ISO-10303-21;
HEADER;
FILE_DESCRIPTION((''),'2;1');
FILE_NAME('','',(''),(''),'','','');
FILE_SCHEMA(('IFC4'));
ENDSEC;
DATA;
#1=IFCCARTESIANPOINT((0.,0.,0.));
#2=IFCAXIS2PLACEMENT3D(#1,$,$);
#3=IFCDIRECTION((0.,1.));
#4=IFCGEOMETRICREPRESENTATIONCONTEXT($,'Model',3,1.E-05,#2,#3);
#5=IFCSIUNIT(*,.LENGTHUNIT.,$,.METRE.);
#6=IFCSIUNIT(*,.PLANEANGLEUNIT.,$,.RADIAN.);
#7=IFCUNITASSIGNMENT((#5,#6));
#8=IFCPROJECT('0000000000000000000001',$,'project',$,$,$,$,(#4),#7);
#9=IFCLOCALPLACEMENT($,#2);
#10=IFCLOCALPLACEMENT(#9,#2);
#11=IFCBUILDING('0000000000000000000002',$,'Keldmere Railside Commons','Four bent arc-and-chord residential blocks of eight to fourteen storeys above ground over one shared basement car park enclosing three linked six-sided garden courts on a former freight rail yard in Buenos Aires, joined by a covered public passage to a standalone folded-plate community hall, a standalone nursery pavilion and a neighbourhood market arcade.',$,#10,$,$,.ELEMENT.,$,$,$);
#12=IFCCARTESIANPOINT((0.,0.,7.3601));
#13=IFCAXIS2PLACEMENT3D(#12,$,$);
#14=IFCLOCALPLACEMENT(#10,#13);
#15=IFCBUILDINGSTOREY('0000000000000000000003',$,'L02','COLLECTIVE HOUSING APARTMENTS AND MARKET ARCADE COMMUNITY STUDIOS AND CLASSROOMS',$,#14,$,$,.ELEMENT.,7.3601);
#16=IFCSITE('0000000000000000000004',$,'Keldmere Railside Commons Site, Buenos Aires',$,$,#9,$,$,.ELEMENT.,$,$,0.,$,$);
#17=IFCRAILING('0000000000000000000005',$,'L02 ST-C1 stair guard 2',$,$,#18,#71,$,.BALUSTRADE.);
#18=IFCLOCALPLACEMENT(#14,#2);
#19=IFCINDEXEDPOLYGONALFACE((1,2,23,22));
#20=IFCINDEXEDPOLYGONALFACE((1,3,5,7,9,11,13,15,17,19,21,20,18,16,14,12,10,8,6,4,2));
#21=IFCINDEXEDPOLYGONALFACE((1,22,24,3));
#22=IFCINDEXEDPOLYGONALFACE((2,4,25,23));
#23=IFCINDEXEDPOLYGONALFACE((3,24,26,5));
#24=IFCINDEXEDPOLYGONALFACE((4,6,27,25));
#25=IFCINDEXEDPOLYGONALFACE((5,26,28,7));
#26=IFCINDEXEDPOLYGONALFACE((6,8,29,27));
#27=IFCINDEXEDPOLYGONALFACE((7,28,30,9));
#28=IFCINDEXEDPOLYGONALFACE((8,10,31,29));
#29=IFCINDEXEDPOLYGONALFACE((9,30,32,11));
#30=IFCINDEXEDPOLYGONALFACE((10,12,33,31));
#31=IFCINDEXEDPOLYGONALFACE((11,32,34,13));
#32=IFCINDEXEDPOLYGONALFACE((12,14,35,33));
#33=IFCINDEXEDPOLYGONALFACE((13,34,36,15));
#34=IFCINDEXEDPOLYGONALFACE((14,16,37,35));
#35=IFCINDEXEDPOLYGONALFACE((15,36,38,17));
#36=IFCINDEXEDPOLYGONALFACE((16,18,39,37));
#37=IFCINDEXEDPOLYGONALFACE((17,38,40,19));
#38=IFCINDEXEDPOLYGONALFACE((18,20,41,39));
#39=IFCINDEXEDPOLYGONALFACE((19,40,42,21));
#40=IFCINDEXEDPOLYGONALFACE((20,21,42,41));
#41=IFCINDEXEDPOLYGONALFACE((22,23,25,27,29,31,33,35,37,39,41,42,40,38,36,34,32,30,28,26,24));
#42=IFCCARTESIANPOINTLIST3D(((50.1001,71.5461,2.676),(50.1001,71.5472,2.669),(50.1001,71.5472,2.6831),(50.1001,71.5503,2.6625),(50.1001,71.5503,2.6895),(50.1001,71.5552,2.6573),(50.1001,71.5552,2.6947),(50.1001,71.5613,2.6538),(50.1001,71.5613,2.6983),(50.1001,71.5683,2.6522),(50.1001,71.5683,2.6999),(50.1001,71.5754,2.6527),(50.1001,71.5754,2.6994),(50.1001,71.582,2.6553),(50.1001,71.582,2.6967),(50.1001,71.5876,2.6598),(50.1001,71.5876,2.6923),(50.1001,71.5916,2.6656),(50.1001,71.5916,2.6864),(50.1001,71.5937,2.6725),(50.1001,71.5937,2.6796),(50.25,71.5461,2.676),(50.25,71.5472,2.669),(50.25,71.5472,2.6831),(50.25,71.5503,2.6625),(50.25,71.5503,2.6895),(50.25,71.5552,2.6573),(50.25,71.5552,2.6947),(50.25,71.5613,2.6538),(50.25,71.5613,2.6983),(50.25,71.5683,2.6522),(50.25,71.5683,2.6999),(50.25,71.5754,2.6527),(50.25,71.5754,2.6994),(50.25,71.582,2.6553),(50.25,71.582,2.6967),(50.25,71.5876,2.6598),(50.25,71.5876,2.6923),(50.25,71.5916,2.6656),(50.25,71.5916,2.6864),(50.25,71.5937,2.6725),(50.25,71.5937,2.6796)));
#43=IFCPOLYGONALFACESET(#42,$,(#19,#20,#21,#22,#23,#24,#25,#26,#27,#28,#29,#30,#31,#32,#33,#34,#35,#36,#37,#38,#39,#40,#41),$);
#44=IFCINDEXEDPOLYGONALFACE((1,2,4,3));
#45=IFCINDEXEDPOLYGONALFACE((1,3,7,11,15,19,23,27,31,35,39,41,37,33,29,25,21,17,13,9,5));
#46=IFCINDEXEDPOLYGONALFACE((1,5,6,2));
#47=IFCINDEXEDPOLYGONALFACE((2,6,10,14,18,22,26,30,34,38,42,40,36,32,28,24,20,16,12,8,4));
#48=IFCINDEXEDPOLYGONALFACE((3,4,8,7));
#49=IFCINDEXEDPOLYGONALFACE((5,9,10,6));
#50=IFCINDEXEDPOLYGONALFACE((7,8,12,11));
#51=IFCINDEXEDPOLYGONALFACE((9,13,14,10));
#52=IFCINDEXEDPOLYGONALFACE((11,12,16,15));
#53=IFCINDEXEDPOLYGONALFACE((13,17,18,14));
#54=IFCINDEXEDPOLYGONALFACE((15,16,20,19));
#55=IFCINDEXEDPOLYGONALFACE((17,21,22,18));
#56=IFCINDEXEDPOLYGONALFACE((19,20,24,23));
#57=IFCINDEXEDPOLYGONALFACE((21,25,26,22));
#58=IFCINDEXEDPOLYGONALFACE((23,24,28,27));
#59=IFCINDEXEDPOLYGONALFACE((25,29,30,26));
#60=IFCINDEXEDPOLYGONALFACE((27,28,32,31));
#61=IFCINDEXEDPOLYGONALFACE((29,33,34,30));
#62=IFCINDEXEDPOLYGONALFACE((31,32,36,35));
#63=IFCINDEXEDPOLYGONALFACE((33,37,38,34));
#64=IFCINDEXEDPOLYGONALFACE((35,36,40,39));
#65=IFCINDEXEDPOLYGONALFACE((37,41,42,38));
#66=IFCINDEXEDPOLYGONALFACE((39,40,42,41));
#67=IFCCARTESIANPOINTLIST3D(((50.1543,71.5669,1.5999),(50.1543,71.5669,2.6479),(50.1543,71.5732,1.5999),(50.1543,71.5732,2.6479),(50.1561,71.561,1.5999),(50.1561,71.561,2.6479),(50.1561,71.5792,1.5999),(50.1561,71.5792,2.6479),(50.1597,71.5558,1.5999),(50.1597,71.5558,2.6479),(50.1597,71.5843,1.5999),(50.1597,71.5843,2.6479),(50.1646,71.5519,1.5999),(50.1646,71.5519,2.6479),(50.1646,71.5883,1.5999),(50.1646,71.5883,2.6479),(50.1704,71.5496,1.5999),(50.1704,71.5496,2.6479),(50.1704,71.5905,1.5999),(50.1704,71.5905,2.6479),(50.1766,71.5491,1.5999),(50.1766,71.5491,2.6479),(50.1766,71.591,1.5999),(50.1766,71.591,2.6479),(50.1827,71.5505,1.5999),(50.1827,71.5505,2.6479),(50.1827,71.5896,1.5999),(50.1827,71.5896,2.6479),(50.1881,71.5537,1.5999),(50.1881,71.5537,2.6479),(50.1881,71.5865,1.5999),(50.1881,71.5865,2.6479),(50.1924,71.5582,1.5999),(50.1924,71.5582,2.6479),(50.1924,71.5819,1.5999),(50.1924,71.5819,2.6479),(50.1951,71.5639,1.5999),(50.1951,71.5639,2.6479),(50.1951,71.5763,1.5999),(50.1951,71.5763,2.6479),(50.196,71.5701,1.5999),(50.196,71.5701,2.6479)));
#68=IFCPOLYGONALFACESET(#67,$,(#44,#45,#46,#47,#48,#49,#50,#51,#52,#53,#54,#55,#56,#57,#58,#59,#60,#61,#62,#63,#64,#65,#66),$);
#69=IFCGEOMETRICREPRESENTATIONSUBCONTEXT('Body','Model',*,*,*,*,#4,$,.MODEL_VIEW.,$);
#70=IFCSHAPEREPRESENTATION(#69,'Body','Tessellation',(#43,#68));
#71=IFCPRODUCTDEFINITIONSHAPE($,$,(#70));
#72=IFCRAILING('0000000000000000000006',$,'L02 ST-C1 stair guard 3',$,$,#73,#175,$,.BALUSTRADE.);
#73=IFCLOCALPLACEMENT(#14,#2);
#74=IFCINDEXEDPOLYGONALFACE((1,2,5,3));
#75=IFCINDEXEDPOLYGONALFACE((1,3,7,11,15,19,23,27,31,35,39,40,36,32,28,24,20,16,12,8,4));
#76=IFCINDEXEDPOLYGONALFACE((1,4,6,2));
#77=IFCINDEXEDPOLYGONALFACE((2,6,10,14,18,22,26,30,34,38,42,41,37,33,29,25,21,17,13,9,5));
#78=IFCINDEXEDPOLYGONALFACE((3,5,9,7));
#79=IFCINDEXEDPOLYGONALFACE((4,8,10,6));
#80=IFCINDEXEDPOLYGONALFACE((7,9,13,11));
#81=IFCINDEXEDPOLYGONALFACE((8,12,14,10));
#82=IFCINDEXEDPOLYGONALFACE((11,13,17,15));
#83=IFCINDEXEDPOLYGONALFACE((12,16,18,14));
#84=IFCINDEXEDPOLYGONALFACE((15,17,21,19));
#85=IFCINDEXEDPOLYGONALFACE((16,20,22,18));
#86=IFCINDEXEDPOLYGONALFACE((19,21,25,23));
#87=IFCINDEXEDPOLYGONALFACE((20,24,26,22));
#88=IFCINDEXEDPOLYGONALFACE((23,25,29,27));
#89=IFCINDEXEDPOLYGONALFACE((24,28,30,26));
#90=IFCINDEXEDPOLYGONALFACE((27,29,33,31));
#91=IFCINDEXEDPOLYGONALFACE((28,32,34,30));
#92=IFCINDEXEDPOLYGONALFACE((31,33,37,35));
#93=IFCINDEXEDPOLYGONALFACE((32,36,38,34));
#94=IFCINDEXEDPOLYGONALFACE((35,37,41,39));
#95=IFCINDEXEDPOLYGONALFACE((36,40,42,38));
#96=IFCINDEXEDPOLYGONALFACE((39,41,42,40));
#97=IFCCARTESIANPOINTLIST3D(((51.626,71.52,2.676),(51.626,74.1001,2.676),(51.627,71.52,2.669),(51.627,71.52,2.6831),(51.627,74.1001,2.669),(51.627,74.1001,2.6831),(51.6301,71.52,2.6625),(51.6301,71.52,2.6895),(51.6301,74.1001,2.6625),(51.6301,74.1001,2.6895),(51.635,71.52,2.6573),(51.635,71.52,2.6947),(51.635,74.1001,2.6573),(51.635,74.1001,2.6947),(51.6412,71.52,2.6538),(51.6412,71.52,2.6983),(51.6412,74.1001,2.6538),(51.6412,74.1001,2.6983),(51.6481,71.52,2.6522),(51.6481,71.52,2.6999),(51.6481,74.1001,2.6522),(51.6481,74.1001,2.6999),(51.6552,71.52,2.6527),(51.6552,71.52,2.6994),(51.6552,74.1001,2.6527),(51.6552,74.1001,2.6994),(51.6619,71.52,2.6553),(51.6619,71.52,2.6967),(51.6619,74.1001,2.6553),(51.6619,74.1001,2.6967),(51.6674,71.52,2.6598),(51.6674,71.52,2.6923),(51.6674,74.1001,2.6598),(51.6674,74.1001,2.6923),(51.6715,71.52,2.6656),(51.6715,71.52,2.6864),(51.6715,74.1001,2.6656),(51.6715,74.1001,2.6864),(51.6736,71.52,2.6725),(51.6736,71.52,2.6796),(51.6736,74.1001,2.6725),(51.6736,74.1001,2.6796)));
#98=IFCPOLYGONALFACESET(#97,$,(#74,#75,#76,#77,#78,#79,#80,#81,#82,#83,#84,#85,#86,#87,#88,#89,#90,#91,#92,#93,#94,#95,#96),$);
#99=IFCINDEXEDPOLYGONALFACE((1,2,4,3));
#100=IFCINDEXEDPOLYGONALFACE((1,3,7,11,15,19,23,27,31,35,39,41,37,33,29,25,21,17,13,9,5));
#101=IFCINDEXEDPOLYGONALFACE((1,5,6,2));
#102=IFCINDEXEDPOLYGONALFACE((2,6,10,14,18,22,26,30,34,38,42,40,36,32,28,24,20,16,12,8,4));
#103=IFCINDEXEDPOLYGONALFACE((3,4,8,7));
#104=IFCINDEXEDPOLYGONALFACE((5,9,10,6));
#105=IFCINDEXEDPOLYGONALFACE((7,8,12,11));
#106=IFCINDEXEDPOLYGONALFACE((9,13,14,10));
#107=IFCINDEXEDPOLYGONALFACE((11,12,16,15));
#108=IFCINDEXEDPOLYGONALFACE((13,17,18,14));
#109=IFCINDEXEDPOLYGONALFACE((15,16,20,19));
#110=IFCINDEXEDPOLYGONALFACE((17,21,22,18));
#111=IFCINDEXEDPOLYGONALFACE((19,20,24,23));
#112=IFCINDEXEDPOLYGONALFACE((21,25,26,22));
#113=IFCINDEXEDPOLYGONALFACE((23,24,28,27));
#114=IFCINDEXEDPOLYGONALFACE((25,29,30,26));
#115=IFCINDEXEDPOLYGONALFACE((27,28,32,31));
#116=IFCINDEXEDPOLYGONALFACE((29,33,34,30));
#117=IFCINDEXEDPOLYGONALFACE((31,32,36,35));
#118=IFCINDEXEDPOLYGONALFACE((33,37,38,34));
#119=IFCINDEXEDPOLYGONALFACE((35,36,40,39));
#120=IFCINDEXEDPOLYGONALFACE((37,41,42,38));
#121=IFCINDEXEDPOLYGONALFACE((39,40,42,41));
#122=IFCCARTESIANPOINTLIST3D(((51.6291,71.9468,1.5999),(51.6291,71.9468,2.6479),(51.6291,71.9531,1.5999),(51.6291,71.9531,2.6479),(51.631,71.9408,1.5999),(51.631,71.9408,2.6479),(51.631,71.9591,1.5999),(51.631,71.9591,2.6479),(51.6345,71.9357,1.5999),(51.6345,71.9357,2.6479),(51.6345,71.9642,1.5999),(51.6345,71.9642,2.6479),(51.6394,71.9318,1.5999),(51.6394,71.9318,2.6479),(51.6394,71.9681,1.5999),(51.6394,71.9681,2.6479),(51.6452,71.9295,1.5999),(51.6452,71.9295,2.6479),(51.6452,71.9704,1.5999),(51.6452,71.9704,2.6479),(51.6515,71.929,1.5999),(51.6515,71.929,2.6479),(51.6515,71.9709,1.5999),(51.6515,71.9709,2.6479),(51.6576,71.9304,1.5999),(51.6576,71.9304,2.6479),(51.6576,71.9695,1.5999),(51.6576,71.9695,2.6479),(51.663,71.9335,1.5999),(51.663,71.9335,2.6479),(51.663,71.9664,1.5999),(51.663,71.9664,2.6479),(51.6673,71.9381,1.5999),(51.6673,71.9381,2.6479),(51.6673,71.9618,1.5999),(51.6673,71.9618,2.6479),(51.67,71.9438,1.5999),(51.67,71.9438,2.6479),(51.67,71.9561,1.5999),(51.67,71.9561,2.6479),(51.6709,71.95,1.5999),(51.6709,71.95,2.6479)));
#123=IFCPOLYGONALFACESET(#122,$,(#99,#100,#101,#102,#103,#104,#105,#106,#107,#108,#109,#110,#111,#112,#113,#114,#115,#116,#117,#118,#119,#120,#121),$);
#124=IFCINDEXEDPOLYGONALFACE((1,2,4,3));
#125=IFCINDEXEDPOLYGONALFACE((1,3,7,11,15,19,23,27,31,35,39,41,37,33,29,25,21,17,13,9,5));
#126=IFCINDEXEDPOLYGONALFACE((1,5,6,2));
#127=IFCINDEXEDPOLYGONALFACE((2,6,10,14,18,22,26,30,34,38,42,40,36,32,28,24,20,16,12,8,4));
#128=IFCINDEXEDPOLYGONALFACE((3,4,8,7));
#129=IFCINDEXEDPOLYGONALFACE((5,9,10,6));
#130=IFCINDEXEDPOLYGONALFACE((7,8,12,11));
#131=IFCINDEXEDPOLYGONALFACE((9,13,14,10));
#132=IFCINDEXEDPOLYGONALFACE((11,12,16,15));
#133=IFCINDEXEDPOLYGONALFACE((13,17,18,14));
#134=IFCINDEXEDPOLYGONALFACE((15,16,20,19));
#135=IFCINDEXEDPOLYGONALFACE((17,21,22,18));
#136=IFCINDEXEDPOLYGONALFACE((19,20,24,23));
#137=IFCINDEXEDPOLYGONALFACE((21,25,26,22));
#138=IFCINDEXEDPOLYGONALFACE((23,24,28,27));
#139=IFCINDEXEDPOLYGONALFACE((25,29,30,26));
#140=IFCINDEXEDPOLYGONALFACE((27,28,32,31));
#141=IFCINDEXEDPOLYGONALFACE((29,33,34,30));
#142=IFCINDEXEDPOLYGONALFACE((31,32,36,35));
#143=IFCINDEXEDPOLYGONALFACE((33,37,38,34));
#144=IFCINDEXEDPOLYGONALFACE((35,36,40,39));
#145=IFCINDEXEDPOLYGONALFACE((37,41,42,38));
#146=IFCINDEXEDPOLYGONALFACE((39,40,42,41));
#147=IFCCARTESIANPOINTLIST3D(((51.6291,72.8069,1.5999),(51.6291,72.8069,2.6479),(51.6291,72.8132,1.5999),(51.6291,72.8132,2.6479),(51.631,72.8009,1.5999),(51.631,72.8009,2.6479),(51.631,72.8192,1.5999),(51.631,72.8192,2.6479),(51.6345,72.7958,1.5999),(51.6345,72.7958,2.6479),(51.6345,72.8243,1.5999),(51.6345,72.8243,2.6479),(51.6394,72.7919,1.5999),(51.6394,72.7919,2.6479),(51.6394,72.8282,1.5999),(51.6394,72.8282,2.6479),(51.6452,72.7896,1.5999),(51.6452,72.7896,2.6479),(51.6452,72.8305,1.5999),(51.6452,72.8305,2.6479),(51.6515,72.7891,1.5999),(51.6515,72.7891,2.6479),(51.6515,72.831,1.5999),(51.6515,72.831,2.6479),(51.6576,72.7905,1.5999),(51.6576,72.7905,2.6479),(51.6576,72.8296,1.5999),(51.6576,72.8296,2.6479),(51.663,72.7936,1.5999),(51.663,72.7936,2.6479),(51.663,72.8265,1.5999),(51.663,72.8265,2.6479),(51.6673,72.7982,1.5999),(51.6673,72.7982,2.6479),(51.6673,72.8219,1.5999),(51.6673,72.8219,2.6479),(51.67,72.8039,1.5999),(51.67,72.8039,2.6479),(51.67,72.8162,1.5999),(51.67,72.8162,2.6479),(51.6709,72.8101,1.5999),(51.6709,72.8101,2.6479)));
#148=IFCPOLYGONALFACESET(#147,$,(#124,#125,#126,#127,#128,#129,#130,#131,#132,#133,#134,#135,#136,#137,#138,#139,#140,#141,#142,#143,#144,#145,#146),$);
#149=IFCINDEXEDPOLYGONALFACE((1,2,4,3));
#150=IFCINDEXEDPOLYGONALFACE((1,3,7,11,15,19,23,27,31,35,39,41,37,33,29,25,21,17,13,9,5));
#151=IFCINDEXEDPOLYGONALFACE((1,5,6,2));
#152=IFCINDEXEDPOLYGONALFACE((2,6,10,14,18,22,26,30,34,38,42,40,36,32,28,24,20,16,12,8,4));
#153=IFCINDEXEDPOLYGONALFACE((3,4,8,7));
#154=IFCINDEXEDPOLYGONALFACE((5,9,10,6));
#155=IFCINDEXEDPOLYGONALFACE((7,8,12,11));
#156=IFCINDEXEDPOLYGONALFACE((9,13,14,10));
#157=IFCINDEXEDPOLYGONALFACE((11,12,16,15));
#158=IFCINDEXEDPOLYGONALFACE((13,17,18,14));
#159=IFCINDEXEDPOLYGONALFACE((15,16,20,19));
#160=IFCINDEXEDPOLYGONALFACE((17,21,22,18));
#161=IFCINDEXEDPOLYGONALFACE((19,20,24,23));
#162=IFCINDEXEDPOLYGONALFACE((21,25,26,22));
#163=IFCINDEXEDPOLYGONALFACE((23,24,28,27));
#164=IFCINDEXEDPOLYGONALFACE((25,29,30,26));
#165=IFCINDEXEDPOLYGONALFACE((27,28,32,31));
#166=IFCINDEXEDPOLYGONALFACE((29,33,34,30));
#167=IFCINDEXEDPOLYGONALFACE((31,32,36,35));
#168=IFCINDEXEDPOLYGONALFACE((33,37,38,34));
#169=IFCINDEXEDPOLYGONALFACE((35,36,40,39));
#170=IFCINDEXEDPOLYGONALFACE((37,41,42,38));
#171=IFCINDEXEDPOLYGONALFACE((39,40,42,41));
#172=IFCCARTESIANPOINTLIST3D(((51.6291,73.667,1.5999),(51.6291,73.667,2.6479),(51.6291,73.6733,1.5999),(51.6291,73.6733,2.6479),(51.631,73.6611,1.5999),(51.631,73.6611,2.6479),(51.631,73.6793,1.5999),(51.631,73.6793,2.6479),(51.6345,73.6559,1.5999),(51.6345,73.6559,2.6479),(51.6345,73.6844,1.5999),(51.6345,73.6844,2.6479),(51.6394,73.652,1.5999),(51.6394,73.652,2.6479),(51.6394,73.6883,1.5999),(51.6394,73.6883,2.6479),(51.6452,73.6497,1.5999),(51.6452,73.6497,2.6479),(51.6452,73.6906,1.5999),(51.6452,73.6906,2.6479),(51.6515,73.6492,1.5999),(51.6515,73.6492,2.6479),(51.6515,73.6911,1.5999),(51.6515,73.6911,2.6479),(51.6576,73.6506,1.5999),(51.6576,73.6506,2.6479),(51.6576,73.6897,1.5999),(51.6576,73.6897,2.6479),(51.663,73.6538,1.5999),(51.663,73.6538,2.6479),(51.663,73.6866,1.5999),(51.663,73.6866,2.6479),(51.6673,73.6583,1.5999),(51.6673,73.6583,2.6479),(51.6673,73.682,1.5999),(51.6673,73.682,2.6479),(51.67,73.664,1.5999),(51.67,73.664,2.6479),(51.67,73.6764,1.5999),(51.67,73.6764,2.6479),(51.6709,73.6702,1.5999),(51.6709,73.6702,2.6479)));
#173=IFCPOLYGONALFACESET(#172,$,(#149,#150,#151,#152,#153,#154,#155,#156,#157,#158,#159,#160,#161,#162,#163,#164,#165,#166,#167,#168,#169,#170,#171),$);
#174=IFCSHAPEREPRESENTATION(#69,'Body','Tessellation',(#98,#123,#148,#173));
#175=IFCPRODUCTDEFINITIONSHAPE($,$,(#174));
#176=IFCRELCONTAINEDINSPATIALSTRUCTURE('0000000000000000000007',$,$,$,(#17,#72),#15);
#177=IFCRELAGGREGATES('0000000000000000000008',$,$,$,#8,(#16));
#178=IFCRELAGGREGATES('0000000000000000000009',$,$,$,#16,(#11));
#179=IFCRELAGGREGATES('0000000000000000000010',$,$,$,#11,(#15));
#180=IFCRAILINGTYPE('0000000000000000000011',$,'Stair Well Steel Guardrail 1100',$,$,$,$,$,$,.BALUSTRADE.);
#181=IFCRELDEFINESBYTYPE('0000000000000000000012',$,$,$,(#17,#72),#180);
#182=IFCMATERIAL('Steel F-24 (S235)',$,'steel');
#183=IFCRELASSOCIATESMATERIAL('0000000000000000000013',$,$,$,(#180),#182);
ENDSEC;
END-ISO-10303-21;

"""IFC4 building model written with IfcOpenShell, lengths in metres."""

from ifc_helpers import new_model, si_unit, direction, frame, origin, origin_2d, place, context, subcontext, project, spatial, circle, extrude, material, type_object, element, save


model = new_model("IFC4")

# Units and contexts
model_context = context("Model", 3, precision=1e-05, world=origin(), true_north=direction((0.0, 1.0)))
body_context = subcontext(model_context, "Body", "Model", "MODEL_VIEW")
ifc_project = project(units=[si_unit("LENGTHUNIT", "METRE"), si_unit("PLANEANGLEUNIT", "RADIAN")], contexts=[model_context])

# Site, building, storey
site_placement = place(None, origin())
site = spatial("IfcSite", under=ifc_project, at=site_placement, Name="Keldmere Railside Commons Site, Buenos Aires", CompositionType="ELEMENT", RefElevation=0.0)
building_placement = place(site_placement, origin())
building = spatial("IfcBuilding", under=site, at=building_placement, Name="Keldmere Railside Commons", Description="Four bent arc-and-chord residential blocks of eight to fourteen storeys above ground over one shared basement car park enclosing three linked six-sided garden courts on a former freight rail yard in Buenos Aires, joined by a covered public passage to a standalone folded-plate community hall, a standalone nursery pavilion and a neighbourhood market arcade.", CompositionType="ELEMENT")
storey_placement = place(building_placement, frame((0.0, 0.0, 7.3601)))
storey = spatial("IfcBuildingStorey", under=building, at=storey_placement, Name="L02", Description="COLLECTIVE HOUSING APARTMENTS AND MARKET ARCADE COMMUNITY STUDIOS AND CLASSROOMS", CompositionType="ELEMENT", Elevation=7.3601)

# Shared definitions
ifc_material_1 = material(Name="Steel F-24 (S235)", Category="steel")

# Railings
railing_type_1 = type_object("IfcRailingType", Name="Stair Well Steel Guardrail 1100", PredefinedType="BALUSTRADE", material=ifc_material_1)
railing_1_placement = place(storey_placement, frame((50.25, 71.5701, 1.5999)))
element("IfcRailing", 1, at=railing_1_placement, inside=storey, type_object=railing_type_1, Name="L02 ST-C1 stair guard 2", PredefinedType="BALUSTRADE", context=body_context, shape_type="SweptSolid", body=[
    extrude(circle(Radius=0.0239, at=origin_2d()), frame((0.0, 0.0, 1.0762), z_axis=(-1.0, 0.0, 0.0), x_axis=(0.0, -1.0, 0.0)), (0.0, 0.0, 1.0), 0.1499),
    extrude(circle(Radius=0.021, at=origin_2d()), frame((-0.075, 0.0, 0.0)), (0.0, 0.0, 1.0), 1.0481),
])
for number, where, name in (
    (2, (51.6499, 71.52, 1.5999), "L02 ST-C1 stair guard 3"),
):
    element("IfcRailing", number, at=place(storey_placement, frame(where)), inside=storey, type_object=railing_type_1, Name=name, PredefinedType="BALUSTRADE", context=body_context, shape_type="SweptSolid", body=[
        extrude(circle(Radius=0.0239, at=origin_2d()), frame((0.0, 0.0, 1.0762), z_axis=(0.0, 1.0, 0.0), x_axis=(-1.0, 0.0, 0.0)), (0.0, 0.0, 1.0), 2.5801),
        extrude(circle(Radius=0.021, at=origin_2d()), frame((0.0, 0.4299, 0.0)), (0.0, 0.0, 1.0), 1.0481),
        extrude(circle(Radius=0.021, at=origin_2d()), frame((0.0, 1.29, 0.0)), (0.0, 0.0, 1.0), 1.0481),
        extrude(circle(Radius=0.021, at=origin_2d()), frame((0.0, 2.1501, 0.0)), (0.0, 0.0, 1.0), 1.0481),
    ])

save(model, "model.ifc")
